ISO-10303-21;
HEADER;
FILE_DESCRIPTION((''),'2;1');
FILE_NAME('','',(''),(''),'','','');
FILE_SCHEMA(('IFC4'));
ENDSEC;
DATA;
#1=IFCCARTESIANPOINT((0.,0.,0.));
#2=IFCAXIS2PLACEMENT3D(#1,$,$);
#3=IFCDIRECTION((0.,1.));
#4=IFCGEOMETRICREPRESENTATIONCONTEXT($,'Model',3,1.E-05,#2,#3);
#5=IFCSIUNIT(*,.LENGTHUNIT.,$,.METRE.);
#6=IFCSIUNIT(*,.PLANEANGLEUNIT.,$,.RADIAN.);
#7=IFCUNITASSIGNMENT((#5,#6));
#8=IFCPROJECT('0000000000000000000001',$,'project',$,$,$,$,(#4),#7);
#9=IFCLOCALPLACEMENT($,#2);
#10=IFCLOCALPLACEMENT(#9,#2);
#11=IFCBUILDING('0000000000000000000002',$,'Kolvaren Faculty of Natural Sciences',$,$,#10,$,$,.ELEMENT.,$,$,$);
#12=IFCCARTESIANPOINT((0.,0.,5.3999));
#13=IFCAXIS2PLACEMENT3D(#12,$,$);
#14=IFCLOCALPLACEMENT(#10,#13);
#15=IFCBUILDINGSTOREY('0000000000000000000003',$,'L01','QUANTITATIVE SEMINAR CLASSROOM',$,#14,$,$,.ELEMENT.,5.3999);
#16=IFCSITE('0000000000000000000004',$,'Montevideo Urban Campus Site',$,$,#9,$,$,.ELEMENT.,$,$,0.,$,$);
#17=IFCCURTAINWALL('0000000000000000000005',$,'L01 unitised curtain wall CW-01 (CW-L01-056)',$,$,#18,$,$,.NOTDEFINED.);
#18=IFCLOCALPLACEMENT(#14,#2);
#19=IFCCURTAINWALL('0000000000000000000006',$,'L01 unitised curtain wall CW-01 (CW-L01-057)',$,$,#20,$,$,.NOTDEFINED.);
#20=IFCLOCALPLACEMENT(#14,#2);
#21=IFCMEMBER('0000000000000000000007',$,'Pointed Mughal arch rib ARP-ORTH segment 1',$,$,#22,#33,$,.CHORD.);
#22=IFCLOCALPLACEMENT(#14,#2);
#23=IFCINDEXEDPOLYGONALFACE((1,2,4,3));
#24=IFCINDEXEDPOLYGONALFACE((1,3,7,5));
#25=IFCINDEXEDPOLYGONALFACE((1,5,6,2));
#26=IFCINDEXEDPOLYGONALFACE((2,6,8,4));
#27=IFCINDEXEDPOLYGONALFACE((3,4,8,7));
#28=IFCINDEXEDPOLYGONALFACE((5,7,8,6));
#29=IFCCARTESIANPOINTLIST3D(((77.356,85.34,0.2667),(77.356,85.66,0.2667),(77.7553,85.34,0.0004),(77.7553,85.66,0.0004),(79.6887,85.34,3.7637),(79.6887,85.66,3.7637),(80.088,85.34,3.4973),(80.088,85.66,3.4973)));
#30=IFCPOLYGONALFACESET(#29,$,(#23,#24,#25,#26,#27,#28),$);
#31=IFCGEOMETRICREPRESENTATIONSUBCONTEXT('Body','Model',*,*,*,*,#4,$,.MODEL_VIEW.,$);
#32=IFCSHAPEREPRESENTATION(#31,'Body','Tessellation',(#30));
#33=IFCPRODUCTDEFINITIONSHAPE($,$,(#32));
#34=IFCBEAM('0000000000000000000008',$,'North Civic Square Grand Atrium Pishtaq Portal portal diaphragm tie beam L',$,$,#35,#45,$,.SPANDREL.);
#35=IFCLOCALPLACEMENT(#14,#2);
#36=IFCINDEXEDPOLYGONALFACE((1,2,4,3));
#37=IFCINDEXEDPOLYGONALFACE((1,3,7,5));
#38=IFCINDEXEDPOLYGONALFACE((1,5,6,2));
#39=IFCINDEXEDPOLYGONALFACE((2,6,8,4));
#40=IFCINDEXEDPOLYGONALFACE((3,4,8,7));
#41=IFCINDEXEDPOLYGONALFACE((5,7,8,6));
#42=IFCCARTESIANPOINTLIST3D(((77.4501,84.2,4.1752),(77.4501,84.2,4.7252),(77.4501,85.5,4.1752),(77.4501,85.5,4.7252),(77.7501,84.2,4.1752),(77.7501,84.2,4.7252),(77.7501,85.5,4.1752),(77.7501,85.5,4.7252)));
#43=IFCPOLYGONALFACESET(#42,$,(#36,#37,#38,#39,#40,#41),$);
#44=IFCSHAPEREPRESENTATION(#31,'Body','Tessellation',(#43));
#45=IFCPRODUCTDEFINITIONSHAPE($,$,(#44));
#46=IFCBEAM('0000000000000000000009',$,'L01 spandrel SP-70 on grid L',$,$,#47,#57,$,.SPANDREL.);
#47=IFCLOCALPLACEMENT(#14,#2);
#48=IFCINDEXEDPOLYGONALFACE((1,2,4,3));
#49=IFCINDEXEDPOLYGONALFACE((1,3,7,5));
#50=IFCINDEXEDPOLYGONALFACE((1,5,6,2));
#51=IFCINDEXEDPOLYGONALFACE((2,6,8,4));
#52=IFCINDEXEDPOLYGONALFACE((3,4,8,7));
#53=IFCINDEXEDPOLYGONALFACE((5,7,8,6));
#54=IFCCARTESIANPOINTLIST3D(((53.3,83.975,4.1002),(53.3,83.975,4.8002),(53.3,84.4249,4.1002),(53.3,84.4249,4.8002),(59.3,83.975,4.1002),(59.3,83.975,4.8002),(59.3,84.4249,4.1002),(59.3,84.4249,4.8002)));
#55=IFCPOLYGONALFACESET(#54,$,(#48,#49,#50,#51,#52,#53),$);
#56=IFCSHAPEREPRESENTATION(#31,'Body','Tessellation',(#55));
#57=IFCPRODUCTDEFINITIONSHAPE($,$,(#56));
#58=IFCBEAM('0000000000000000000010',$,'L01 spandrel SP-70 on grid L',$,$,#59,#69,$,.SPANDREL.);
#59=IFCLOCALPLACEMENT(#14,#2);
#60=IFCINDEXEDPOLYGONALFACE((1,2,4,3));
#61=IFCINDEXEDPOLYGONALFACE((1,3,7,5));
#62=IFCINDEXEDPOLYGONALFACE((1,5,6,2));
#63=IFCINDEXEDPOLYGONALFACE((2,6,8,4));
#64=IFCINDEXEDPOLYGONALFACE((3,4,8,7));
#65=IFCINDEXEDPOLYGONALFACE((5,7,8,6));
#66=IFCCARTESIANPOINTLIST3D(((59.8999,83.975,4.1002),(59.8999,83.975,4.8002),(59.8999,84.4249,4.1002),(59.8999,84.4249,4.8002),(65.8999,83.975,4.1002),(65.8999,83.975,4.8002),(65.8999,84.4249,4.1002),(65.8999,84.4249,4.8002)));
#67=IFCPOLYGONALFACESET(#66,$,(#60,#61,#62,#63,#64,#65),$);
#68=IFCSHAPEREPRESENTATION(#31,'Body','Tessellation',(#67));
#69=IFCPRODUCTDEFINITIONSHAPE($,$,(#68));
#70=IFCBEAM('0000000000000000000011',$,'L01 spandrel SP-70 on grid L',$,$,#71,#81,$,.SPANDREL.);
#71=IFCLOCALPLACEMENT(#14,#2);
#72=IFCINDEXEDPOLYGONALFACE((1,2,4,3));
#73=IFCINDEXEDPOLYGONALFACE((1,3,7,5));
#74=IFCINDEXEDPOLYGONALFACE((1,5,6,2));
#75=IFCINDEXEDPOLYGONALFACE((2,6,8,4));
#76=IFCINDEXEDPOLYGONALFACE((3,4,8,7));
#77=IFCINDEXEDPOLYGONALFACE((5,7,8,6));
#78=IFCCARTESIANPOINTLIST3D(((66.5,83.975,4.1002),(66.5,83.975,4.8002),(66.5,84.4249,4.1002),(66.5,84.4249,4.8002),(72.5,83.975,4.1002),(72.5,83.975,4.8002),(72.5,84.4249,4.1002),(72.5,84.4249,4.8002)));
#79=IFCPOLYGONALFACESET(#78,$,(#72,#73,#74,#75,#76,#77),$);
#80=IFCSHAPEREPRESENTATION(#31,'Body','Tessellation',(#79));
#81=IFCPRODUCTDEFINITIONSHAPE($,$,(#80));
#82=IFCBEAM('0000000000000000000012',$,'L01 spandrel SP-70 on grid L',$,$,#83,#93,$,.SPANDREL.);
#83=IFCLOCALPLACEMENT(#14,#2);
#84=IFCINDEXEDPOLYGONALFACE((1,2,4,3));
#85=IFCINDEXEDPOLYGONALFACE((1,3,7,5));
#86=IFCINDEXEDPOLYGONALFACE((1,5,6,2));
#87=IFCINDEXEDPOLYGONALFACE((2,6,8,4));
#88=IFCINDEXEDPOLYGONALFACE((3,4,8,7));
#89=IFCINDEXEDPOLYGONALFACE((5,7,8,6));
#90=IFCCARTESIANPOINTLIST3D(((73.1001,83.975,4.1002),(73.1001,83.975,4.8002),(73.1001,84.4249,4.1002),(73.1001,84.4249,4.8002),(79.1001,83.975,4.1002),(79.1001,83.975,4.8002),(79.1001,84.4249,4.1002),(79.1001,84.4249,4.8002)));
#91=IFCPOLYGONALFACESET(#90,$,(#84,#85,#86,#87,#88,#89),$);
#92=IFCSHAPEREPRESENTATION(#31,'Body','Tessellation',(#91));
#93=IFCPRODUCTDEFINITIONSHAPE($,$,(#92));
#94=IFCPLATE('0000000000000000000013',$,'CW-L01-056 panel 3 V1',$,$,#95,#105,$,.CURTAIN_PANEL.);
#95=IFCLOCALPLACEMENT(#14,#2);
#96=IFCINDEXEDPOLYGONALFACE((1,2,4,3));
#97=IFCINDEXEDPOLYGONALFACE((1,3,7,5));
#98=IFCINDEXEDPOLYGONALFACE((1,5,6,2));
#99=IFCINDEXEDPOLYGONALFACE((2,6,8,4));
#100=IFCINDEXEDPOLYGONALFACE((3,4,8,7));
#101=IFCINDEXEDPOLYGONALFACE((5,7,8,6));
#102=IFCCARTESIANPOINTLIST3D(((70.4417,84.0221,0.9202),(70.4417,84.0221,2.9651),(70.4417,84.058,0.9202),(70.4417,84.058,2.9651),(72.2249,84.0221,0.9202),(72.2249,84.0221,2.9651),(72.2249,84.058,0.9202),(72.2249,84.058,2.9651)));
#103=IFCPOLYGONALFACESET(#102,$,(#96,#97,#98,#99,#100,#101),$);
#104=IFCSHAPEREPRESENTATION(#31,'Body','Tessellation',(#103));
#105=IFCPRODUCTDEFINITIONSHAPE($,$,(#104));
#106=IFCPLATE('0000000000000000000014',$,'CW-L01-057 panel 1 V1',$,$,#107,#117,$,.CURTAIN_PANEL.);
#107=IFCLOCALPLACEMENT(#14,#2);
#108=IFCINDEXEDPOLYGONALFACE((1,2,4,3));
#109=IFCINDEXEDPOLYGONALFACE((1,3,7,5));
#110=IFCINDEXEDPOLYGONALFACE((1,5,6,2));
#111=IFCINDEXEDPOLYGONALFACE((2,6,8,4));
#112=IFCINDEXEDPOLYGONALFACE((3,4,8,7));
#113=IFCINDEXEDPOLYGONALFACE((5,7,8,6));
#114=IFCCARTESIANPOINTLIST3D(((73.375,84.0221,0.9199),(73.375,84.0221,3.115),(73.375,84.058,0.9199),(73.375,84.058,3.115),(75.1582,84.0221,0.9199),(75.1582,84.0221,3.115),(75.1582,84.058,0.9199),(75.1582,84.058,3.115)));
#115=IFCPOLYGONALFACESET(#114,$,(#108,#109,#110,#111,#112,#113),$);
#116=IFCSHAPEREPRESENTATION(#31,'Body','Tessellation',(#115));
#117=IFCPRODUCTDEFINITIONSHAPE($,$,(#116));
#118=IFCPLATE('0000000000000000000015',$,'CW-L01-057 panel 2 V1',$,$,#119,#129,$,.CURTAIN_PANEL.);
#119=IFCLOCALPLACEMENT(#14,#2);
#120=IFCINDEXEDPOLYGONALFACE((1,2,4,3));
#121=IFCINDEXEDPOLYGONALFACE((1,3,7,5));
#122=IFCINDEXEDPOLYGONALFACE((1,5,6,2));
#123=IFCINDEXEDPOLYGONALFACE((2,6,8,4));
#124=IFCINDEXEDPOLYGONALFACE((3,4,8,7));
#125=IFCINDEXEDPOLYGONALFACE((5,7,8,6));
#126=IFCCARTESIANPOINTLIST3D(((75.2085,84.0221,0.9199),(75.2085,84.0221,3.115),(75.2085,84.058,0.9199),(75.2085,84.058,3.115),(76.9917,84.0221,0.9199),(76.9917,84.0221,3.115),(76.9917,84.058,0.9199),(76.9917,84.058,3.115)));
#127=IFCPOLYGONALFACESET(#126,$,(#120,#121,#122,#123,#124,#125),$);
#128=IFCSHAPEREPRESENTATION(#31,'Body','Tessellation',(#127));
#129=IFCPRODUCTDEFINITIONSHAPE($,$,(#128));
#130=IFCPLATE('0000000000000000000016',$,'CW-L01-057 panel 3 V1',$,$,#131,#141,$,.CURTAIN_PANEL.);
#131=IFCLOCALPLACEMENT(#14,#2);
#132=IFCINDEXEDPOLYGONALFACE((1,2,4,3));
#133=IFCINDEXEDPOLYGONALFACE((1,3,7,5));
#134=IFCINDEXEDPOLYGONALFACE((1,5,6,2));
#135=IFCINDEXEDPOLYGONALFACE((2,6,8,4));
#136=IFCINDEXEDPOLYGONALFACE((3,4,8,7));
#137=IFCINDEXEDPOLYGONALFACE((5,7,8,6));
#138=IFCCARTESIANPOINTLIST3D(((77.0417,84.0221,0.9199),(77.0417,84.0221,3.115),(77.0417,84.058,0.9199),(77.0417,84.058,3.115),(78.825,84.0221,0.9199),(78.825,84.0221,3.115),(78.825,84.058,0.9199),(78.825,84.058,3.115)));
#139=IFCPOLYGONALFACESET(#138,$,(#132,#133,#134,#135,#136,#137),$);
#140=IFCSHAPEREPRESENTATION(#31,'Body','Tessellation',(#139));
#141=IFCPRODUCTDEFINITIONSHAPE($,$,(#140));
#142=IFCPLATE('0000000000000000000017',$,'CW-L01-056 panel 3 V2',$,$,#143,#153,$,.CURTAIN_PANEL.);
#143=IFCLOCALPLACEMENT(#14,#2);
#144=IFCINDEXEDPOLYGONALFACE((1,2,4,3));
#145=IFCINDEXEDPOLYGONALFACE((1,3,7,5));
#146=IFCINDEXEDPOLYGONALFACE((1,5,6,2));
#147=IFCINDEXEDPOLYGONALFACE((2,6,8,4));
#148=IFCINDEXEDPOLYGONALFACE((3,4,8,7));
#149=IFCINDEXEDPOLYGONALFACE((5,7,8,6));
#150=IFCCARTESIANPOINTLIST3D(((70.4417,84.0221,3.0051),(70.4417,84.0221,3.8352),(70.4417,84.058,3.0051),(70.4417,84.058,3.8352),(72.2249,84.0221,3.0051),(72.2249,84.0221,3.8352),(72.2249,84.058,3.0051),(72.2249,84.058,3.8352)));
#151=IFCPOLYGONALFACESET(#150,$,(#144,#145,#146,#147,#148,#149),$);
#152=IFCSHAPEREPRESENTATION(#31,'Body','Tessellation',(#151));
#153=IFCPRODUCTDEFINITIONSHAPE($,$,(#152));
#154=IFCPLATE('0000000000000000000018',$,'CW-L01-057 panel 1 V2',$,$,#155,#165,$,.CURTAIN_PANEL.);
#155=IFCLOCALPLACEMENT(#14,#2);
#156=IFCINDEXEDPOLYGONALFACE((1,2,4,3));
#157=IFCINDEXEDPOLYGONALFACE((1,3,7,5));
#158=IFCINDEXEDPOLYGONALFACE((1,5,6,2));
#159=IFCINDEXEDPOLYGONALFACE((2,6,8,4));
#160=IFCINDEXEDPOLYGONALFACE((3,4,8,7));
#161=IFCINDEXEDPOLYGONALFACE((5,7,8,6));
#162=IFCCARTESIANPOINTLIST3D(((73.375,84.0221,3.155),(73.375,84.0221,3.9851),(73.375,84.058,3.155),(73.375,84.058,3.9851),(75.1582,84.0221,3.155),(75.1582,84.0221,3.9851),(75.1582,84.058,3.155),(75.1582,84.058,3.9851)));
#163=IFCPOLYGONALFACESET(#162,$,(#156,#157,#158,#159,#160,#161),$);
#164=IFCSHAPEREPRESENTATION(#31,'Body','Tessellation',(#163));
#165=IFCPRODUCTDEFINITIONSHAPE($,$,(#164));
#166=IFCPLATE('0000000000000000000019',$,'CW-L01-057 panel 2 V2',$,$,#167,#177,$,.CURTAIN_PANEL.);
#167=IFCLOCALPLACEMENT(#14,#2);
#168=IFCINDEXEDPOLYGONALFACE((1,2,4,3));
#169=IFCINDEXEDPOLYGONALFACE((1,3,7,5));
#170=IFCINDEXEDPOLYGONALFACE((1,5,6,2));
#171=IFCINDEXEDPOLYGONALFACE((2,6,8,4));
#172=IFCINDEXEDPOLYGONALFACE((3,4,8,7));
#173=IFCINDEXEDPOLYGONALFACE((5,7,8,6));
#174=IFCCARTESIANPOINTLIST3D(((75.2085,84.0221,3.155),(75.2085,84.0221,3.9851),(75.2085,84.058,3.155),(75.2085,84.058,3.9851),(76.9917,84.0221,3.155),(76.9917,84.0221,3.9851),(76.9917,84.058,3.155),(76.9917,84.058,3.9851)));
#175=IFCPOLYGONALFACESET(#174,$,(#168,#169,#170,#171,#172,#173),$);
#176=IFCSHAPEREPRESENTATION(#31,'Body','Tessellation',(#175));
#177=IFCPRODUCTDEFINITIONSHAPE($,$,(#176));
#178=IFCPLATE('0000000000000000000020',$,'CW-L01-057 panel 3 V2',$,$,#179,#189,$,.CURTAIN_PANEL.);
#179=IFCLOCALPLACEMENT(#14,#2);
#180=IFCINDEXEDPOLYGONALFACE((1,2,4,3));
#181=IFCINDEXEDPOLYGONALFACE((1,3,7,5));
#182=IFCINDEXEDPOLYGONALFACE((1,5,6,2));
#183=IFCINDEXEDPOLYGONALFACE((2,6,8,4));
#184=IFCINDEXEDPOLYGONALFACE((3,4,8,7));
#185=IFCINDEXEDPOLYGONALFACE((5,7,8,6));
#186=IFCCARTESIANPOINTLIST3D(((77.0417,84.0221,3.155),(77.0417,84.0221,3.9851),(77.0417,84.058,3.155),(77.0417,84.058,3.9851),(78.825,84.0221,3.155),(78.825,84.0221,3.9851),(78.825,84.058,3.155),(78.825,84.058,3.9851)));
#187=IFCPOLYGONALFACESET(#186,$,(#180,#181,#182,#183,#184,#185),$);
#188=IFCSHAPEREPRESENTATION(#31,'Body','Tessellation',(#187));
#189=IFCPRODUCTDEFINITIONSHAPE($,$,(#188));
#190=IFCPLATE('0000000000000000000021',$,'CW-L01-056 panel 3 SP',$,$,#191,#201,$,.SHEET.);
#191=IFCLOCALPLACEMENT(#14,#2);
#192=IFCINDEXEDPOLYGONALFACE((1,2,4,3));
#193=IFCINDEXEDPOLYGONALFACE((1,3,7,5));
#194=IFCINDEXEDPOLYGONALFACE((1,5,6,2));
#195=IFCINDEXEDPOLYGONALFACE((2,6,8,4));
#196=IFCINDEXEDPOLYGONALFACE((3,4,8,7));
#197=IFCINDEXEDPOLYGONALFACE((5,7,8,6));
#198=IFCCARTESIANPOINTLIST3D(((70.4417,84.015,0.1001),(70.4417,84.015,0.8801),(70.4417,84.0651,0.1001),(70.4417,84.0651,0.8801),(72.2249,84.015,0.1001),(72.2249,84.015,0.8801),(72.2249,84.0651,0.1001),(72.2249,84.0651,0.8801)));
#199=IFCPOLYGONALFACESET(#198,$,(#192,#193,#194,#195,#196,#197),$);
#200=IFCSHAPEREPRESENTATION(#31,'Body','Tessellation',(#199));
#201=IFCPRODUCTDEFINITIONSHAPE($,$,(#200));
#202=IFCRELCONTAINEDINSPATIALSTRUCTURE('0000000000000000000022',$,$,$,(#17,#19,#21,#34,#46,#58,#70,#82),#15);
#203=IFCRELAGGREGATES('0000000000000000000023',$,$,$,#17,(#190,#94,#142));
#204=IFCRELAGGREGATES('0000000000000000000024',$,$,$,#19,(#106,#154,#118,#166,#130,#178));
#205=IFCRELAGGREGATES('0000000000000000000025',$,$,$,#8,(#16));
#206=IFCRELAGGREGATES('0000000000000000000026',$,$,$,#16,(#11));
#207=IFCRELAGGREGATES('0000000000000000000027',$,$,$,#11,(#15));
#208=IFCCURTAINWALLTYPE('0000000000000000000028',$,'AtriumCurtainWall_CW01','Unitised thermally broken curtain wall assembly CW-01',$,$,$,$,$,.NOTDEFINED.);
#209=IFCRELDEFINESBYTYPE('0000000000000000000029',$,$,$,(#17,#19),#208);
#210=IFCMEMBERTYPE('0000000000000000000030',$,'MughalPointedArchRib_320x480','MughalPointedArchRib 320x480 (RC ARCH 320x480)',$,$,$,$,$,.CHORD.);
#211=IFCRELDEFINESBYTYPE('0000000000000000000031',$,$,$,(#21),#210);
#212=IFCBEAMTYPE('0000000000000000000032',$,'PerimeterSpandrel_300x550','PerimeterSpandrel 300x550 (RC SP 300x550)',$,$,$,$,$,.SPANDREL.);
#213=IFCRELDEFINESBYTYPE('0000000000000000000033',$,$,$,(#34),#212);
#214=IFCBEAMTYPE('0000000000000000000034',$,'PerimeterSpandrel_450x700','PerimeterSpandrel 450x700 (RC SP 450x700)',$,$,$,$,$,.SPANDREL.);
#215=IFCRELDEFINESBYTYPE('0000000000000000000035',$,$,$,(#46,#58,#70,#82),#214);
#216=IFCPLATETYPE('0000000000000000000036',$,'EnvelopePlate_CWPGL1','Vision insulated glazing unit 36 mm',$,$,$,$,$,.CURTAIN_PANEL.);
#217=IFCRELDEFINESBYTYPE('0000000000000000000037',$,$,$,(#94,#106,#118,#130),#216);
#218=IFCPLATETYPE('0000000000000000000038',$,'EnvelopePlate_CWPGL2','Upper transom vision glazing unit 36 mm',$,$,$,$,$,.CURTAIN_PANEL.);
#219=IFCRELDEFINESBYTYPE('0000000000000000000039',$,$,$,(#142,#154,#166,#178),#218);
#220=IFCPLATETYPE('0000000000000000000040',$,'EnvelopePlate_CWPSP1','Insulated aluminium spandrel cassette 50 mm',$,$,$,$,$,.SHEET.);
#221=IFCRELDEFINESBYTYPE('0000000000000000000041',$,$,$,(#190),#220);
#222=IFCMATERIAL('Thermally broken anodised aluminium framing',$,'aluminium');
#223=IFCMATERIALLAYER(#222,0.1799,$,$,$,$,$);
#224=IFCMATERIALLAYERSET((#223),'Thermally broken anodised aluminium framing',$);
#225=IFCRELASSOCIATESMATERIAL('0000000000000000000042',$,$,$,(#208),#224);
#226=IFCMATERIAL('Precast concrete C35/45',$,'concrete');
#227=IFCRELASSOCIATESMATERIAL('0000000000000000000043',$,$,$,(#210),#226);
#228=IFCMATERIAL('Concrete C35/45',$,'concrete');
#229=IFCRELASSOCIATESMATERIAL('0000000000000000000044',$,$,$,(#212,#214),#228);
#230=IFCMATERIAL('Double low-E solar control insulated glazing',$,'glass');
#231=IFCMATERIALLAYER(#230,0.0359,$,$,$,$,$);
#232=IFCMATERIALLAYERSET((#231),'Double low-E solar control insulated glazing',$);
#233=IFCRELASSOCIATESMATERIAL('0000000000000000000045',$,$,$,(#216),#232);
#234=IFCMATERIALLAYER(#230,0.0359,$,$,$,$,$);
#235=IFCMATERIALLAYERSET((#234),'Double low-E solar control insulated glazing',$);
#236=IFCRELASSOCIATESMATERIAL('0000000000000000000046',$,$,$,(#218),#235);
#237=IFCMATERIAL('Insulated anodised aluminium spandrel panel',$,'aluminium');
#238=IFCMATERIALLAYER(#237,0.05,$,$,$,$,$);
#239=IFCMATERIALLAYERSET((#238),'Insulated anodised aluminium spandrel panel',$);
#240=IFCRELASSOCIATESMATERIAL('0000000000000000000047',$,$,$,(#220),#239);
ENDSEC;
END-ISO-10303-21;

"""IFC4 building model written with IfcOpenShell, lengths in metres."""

from ifc_helpers import new_model, si_unit, direction, frame, origin, origin_2d, place, context, subcontext, project, spatial, rectangle, extrude, material, layer, layer_set, material_profile, profile_set, type_object, element, aggregate, save


model = new_model("IFC4")

# Units and contexts
model_context = context("Model", 3, precision=1e-05, world=origin(), true_north=direction((0.0, 1.0)))
body_context = subcontext(model_context, "Body", "Model", "MODEL_VIEW")
ifc_project = project(units=[si_unit("LENGTHUNIT", "METRE"), si_unit("PLANEANGLEUNIT", "RADIAN")], contexts=[model_context])

# Site, building, storey
site_placement = place(None, origin())
site = spatial("IfcSite", under=ifc_project, at=site_placement, Name="Montevideo Urban Campus Site", CompositionType="ELEMENT", RefElevation=0.0)
building_placement = place(site_placement, origin())
building = spatial("IfcBuilding", under=site, at=building_placement, Name="Kolvaren Faculty of Natural Sciences", CompositionType="ELEMENT")
storey_placement = place(building_placement, frame((0.0, 0.0, 5.3999)))
storey = spatial("IfcBuildingStorey", under=building, at=storey_placement, Name="L01", Description="QUANTITATIVE SEMINAR CLASSROOM", CompositionType="ELEMENT", Elevation=5.3999)

# Shared definitions
ifc_material_1 = material(Name="Concrete C35/45", Category="concrete")

# Curtain walls
ifc_material_2 = material(Name="Thermally broken anodised aluminium framing", Category="aluminium")
ifc_layer_1 = layer(ifc_material_2, 0.1799)
ifc_layer_set_1 = layer_set([ifc_layer_1], Name="Thermally broken anodised aluminium framing")
curtain_wall_type = type_object("IfcCurtainWallType", Name="AtriumCurtainWall_CW01", Description="Unitised thermally broken curtain wall assembly CW-01", PredefinedType="NOTDEFINED", material=ifc_layer_set_1)
curtain_wall_1_placement = place(storey_placement, origin())
curtain_wall_1 = element("IfcCurtainWall", 1, at=curtain_wall_1_placement, inside=storey, type_object=curtain_wall_type, Name="L01 unitised curtain wall CW-01 (CW-L01-056)", PredefinedType="NOTDEFINED")
curtain_wall_2_placement = place(storey_placement, origin())
curtain_wall_2 = element("IfcCurtainWall", 2, at=curtain_wall_2_placement, inside=storey, type_object=curtain_wall_type, Name="L01 unitised curtain wall CW-01 (CW-L01-057)", PredefinedType="NOTDEFINED")

# Member
ifc_material_3 = material(Name="Precast concrete C35/45", Category="concrete")
ifc_material_profile_1 = material_profile(ifc_material_3, rectangle(XDim=0.3201, YDim=0.48, at=origin_2d()), Name="RC ARCH 320x480")
ifc_profile_set_1 = profile_set([ifc_material_profile_1], Name="Precast concrete C35/45")
member_type_1 = type_object("IfcMemberType", Name="MughalPointedArchRib_320x480", Description="MughalPointedArchRib 320x480 (RC ARCH 320x480)", PredefinedType="CHORD", material=ifc_profile_set_1)
member_1_placement = place(storey_placement, frame((77.5557, 85.5, 0.1335), z_axis=(0.554928, 0.0, 0.831898), x_axis=(0.0, 1.0, 0.0)))
element("IfcMember", 3, at=member_1_placement, inside=storey, type_object=member_type_1, Name="Pointed Mughal arch rib ARP-ORTH segment 1", PredefinedType="CHORD", context=body_context, shape_type="SweptSolid", body=[
    extrude(rectangle(XDim=0.3201, YDim=0.48, at=origin_2d()), origin(), (0.0, 0.0, 1.0), 4.2036),
])

# Beams
ifc_material_profile_2 = material_profile(ifc_material_1, rectangle(XDim=0.3, YDim=0.55, at=origin_2d()), Name="RC SP 300x550")
ifc_profile_set_2 = profile_set([ifc_material_profile_2], Name="Concrete C35/45")
beam_type_1 = type_object("IfcBeamType", Name="PerimeterSpandrel_300x550", Description="PerimeterSpandrel 300x550 (RC SP 300x550)", PredefinedType="SPANDREL", material=ifc_profile_set_2)
beam_placement = place(storey_placement, frame((77.6001, 84.2, 4.4502), z_axis=(0.0, 1.0, 0.0), x_axis=(-1.0, 0.0, 0.0)))
element("IfcBeam", 4, at=beam_placement, inside=storey, type_object=beam_type_1, Name="North Civic Square Grand Atrium Pishtaq Portal portal diaphragm tie beam L", PredefinedType="SPANDREL", context=body_context, shape_type="SweptSolid", body=[
    extrude(rectangle(XDim=0.3, YDim=0.55, at=origin_2d()), origin(), (0.0, 0.0, 1.0), 1.3),
])
ifc_material_profile_3 = material_profile(ifc_material_1, rectangle(XDim=0.45, YDim=0.7, at=origin_2d()), Name="RC SP 450x700")
ifc_profile_set_3 = profile_set([ifc_material_profile_3], Name="Concrete C35/45")
beam_type_2 = type_object("IfcBeamType", Name="PerimeterSpandrel_450x700", Description="PerimeterSpandrel 450x700 (RC SP 450x700)", PredefinedType="SPANDREL", material=ifc_profile_set_3)
for number, where, z_axis, x_axis, name in (
    (5, (53.3, 84.2, 4.4502), (1.0, 0.0, 0.0), (0.0, 1.0, 0.0), "L01 spandrel SP-70 on grid L"),
    (6, (59.8999, 84.2, 4.4502), (1.0, 0.0, 0.0), (0.0, 1.0, 0.0), "L01 spandrel SP-70 on grid L"),
    (7, (66.5, 84.2, 4.4502), (1.0, 0.0, 0.0), (0.0, 1.0, 0.0), "L01 spandrel SP-70 on grid L"),
    (8, (73.1001, 84.2, 4.4502), (1.0, 0.0, 0.0), (0.0, 1.0, 0.0), "L01 spandrel SP-70 on grid L"),
):
    element("IfcBeam", number, at=place(storey_placement, frame(where, z_axis=z_axis, x_axis=x_axis)), inside=storey, type_object=beam_type_2, Name=name, PredefinedType="SPANDREL", context=body_context, shape_type="SweptSolid", body=[
        extrude(rectangle(XDim=0.45, YDim=0.7, at=origin_2d()), origin(), (0.0, 0.0, 1.0), 6.0),
    ])

# Plates
ifc_material_4 = material(Name="Double low-E solar control insulated glazing", Category="glass")
ifc_layer_2 = layer(ifc_material_4, 0.0359)
ifc_layer_set_2 = layer_set([ifc_layer_2], Name="Double low-E solar control insulated glazing")
plate_type_1 = type_object("IfcPlateType", Name="EnvelopePlate_CWPGL1", Description="Vision insulated glazing unit 36 mm", PredefinedType="CURTAIN_PANEL", material=ifc_layer_set_2)
plate_1_placement = place(storey_placement, frame((71.3333, 84.04, 0.9202), z_axis=(0.0, 0.0, 1.0), x_axis=(1.0, 0.0, 0.0)))
plate_1 = element("IfcPlate", 9, at=plate_1_placement, type_object=plate_type_1, Name="CW-L01-056 panel 3 V1", PredefinedType="CURTAIN_PANEL", context=body_context, shape_type="SweptSolid", body=[
    extrude(rectangle(XDim=1.7832, YDim=0.0359, at=origin_2d()), origin(), (0.0, 0.0, 1.0), 2.0449),
])
plate_2_placement = place(storey_placement, frame((74.2666, 84.04, 0.9199), z_axis=(0.0, 0.0, 1.0), x_axis=(1.0, 0.0, 0.0)))
plate_2 = element("IfcPlate", 10, at=plate_2_placement, type_object=plate_type_1, Name="CW-L01-057 panel 1 V1", PredefinedType="CURTAIN_PANEL", context=body_context, shape_type="SweptSolid", body=[
    extrude(rectangle(XDim=1.7832, YDim=0.0359, at=origin_2d()), origin(), (0.0, 0.0, 1.0), 2.1951),
])
plate_3_placement = place(storey_placement, frame((76.1001, 84.04, 0.9199), z_axis=(0.0, 0.0, 1.0), x_axis=(1.0, 0.0, 0.0)))
plate_3 = element("IfcPlate", 11, at=plate_3_placement, type_object=plate_type_1, Name="CW-L01-057 panel 2 V1", PredefinedType="CURTAIN_PANEL", context=body_context, shape_type="SweptSolid", body=[
    extrude(rectangle(XDim=1.7832, YDim=0.0359, at=origin_2d()), origin(), (0.0, 0.0, 1.0), 2.1951),
])
plate_4_placement = place(storey_placement, frame((77.9333, 84.04, 0.9199), z_axis=(0.0, 0.0, 1.0), x_axis=(1.0, 0.0, 0.0)))
plate_4 = element("IfcPlate", 12, at=plate_4_placement, type_object=plate_type_1, Name="CW-L01-057 panel 3 V1", PredefinedType="CURTAIN_PANEL", context=body_context, shape_type="SweptSolid", body=[
    extrude(rectangle(XDim=1.7832, YDim=0.0359, at=origin_2d()), origin(), (0.0, 0.0, 1.0), 2.1951),
])
ifc_layer_3 = layer(ifc_material_4, 0.0359)
ifc_layer_set_3 = layer_set([ifc_layer_3], Name="Double low-E solar control insulated glazing")
plate_type_2 = type_object("IfcPlateType", Name="EnvelopePlate_CWPGL2", Description="Upper transom vision glazing unit 36 mm", PredefinedType="CURTAIN_PANEL", material=ifc_layer_set_3)
plate_5_placement = place(storey_placement, frame((71.3333, 84.04, 3.0051), z_axis=(0.0, 0.0, 1.0), x_axis=(1.0, 0.0, 0.0)))
plate_5 = element("IfcPlate", 13, at=plate_5_placement, type_object=plate_type_2, Name="CW-L01-056 panel 3 V2", PredefinedType="CURTAIN_PANEL", context=body_context, shape_type="SweptSolid", body=[
    extrude(rectangle(XDim=1.7832, YDim=0.0359, at=origin_2d()), origin(), (0.0, 0.0, 1.0), 0.8301),
])
plate_6_placement = place(storey_placement, frame((74.2666, 84.04, 3.155), z_axis=(0.0, 0.0, 1.0), x_axis=(1.0, 0.0, 0.0)))
plate_6 = element("IfcPlate", 14, at=plate_6_placement, type_object=plate_type_2, Name="CW-L01-057 panel 1 V2", PredefinedType="CURTAIN_PANEL", context=body_context, shape_type="SweptSolid", body=[
    extrude(rectangle(XDim=1.7832, YDim=0.0359, at=origin_2d()), origin(), (0.0, 0.0, 1.0), 0.8301),
])
plate_7_placement = place(storey_placement, frame((76.1001, 84.04, 3.155), z_axis=(0.0, 0.0, 1.0), x_axis=(1.0, 0.0, 0.0)))
plate_7 = element("IfcPlate", 15, at=plate_7_placement, type_object=plate_type_2, Name="CW-L01-057 panel 2 V2", PredefinedType="CURTAIN_PANEL", context=body_context, shape_type="SweptSolid", body=[
    extrude(rectangle(XDim=1.7832, YDim=0.0359, at=origin_2d()), origin(), (0.0, 0.0, 1.0), 0.8301),
])
plate_8_placement = place(storey_placement, frame((77.9333, 84.04, 3.155), z_axis=(0.0, 0.0, 1.0), x_axis=(1.0, 0.0, 0.0)))
plate_8 = element("IfcPlate", 16, at=plate_8_placement, type_object=plate_type_2, Name="CW-L01-057 panel 3 V2", PredefinedType="CURTAIN_PANEL", context=body_context, shape_type="SweptSolid", body=[
    extrude(rectangle(XDim=1.7832, YDim=0.0359, at=origin_2d()), origin(), (0.0, 0.0, 1.0), 0.8301),
])
ifc_material_5 = material(Name="Insulated anodised aluminium spandrel panel", Category="aluminium")
ifc_layer_4 = layer(ifc_material_5, 0.05)
ifc_layer_set_4 = layer_set([ifc_layer_4], Name="Insulated anodised aluminium spandrel panel")
plate_type_3 = type_object("IfcPlateType", Name="EnvelopePlate_CWPSP1", Description="Insulated aluminium spandrel cassette 50 mm", PredefinedType="SHEET", material=ifc_layer_set_4)
plate_9_placement = place(storey_placement, frame((71.3333, 84.04, 0.1001), z_axis=(0.0, 0.0, 1.0), x_axis=(1.0, 0.0, 0.0)))
plate_9 = element("IfcPlate", 17, at=plate_9_placement, type_object=plate_type_3, Name="CW-L01-056 panel 3 SP", PredefinedType="SHEET", context=body_context, shape_type="SweptSolid", body=[
    extrude(rectangle(XDim=1.7832, YDim=0.05, at=origin_2d()), origin(), (0.0, 0.0, 1.0), 0.78),
])
aggregate(curtain_wall_1, [plate_9, plate_1, plate_5])
aggregate(curtain_wall_2, [plate_2, plate_6, plate_3, plate_7, plate_4, plate_8])

save(model, "model.ifc")
